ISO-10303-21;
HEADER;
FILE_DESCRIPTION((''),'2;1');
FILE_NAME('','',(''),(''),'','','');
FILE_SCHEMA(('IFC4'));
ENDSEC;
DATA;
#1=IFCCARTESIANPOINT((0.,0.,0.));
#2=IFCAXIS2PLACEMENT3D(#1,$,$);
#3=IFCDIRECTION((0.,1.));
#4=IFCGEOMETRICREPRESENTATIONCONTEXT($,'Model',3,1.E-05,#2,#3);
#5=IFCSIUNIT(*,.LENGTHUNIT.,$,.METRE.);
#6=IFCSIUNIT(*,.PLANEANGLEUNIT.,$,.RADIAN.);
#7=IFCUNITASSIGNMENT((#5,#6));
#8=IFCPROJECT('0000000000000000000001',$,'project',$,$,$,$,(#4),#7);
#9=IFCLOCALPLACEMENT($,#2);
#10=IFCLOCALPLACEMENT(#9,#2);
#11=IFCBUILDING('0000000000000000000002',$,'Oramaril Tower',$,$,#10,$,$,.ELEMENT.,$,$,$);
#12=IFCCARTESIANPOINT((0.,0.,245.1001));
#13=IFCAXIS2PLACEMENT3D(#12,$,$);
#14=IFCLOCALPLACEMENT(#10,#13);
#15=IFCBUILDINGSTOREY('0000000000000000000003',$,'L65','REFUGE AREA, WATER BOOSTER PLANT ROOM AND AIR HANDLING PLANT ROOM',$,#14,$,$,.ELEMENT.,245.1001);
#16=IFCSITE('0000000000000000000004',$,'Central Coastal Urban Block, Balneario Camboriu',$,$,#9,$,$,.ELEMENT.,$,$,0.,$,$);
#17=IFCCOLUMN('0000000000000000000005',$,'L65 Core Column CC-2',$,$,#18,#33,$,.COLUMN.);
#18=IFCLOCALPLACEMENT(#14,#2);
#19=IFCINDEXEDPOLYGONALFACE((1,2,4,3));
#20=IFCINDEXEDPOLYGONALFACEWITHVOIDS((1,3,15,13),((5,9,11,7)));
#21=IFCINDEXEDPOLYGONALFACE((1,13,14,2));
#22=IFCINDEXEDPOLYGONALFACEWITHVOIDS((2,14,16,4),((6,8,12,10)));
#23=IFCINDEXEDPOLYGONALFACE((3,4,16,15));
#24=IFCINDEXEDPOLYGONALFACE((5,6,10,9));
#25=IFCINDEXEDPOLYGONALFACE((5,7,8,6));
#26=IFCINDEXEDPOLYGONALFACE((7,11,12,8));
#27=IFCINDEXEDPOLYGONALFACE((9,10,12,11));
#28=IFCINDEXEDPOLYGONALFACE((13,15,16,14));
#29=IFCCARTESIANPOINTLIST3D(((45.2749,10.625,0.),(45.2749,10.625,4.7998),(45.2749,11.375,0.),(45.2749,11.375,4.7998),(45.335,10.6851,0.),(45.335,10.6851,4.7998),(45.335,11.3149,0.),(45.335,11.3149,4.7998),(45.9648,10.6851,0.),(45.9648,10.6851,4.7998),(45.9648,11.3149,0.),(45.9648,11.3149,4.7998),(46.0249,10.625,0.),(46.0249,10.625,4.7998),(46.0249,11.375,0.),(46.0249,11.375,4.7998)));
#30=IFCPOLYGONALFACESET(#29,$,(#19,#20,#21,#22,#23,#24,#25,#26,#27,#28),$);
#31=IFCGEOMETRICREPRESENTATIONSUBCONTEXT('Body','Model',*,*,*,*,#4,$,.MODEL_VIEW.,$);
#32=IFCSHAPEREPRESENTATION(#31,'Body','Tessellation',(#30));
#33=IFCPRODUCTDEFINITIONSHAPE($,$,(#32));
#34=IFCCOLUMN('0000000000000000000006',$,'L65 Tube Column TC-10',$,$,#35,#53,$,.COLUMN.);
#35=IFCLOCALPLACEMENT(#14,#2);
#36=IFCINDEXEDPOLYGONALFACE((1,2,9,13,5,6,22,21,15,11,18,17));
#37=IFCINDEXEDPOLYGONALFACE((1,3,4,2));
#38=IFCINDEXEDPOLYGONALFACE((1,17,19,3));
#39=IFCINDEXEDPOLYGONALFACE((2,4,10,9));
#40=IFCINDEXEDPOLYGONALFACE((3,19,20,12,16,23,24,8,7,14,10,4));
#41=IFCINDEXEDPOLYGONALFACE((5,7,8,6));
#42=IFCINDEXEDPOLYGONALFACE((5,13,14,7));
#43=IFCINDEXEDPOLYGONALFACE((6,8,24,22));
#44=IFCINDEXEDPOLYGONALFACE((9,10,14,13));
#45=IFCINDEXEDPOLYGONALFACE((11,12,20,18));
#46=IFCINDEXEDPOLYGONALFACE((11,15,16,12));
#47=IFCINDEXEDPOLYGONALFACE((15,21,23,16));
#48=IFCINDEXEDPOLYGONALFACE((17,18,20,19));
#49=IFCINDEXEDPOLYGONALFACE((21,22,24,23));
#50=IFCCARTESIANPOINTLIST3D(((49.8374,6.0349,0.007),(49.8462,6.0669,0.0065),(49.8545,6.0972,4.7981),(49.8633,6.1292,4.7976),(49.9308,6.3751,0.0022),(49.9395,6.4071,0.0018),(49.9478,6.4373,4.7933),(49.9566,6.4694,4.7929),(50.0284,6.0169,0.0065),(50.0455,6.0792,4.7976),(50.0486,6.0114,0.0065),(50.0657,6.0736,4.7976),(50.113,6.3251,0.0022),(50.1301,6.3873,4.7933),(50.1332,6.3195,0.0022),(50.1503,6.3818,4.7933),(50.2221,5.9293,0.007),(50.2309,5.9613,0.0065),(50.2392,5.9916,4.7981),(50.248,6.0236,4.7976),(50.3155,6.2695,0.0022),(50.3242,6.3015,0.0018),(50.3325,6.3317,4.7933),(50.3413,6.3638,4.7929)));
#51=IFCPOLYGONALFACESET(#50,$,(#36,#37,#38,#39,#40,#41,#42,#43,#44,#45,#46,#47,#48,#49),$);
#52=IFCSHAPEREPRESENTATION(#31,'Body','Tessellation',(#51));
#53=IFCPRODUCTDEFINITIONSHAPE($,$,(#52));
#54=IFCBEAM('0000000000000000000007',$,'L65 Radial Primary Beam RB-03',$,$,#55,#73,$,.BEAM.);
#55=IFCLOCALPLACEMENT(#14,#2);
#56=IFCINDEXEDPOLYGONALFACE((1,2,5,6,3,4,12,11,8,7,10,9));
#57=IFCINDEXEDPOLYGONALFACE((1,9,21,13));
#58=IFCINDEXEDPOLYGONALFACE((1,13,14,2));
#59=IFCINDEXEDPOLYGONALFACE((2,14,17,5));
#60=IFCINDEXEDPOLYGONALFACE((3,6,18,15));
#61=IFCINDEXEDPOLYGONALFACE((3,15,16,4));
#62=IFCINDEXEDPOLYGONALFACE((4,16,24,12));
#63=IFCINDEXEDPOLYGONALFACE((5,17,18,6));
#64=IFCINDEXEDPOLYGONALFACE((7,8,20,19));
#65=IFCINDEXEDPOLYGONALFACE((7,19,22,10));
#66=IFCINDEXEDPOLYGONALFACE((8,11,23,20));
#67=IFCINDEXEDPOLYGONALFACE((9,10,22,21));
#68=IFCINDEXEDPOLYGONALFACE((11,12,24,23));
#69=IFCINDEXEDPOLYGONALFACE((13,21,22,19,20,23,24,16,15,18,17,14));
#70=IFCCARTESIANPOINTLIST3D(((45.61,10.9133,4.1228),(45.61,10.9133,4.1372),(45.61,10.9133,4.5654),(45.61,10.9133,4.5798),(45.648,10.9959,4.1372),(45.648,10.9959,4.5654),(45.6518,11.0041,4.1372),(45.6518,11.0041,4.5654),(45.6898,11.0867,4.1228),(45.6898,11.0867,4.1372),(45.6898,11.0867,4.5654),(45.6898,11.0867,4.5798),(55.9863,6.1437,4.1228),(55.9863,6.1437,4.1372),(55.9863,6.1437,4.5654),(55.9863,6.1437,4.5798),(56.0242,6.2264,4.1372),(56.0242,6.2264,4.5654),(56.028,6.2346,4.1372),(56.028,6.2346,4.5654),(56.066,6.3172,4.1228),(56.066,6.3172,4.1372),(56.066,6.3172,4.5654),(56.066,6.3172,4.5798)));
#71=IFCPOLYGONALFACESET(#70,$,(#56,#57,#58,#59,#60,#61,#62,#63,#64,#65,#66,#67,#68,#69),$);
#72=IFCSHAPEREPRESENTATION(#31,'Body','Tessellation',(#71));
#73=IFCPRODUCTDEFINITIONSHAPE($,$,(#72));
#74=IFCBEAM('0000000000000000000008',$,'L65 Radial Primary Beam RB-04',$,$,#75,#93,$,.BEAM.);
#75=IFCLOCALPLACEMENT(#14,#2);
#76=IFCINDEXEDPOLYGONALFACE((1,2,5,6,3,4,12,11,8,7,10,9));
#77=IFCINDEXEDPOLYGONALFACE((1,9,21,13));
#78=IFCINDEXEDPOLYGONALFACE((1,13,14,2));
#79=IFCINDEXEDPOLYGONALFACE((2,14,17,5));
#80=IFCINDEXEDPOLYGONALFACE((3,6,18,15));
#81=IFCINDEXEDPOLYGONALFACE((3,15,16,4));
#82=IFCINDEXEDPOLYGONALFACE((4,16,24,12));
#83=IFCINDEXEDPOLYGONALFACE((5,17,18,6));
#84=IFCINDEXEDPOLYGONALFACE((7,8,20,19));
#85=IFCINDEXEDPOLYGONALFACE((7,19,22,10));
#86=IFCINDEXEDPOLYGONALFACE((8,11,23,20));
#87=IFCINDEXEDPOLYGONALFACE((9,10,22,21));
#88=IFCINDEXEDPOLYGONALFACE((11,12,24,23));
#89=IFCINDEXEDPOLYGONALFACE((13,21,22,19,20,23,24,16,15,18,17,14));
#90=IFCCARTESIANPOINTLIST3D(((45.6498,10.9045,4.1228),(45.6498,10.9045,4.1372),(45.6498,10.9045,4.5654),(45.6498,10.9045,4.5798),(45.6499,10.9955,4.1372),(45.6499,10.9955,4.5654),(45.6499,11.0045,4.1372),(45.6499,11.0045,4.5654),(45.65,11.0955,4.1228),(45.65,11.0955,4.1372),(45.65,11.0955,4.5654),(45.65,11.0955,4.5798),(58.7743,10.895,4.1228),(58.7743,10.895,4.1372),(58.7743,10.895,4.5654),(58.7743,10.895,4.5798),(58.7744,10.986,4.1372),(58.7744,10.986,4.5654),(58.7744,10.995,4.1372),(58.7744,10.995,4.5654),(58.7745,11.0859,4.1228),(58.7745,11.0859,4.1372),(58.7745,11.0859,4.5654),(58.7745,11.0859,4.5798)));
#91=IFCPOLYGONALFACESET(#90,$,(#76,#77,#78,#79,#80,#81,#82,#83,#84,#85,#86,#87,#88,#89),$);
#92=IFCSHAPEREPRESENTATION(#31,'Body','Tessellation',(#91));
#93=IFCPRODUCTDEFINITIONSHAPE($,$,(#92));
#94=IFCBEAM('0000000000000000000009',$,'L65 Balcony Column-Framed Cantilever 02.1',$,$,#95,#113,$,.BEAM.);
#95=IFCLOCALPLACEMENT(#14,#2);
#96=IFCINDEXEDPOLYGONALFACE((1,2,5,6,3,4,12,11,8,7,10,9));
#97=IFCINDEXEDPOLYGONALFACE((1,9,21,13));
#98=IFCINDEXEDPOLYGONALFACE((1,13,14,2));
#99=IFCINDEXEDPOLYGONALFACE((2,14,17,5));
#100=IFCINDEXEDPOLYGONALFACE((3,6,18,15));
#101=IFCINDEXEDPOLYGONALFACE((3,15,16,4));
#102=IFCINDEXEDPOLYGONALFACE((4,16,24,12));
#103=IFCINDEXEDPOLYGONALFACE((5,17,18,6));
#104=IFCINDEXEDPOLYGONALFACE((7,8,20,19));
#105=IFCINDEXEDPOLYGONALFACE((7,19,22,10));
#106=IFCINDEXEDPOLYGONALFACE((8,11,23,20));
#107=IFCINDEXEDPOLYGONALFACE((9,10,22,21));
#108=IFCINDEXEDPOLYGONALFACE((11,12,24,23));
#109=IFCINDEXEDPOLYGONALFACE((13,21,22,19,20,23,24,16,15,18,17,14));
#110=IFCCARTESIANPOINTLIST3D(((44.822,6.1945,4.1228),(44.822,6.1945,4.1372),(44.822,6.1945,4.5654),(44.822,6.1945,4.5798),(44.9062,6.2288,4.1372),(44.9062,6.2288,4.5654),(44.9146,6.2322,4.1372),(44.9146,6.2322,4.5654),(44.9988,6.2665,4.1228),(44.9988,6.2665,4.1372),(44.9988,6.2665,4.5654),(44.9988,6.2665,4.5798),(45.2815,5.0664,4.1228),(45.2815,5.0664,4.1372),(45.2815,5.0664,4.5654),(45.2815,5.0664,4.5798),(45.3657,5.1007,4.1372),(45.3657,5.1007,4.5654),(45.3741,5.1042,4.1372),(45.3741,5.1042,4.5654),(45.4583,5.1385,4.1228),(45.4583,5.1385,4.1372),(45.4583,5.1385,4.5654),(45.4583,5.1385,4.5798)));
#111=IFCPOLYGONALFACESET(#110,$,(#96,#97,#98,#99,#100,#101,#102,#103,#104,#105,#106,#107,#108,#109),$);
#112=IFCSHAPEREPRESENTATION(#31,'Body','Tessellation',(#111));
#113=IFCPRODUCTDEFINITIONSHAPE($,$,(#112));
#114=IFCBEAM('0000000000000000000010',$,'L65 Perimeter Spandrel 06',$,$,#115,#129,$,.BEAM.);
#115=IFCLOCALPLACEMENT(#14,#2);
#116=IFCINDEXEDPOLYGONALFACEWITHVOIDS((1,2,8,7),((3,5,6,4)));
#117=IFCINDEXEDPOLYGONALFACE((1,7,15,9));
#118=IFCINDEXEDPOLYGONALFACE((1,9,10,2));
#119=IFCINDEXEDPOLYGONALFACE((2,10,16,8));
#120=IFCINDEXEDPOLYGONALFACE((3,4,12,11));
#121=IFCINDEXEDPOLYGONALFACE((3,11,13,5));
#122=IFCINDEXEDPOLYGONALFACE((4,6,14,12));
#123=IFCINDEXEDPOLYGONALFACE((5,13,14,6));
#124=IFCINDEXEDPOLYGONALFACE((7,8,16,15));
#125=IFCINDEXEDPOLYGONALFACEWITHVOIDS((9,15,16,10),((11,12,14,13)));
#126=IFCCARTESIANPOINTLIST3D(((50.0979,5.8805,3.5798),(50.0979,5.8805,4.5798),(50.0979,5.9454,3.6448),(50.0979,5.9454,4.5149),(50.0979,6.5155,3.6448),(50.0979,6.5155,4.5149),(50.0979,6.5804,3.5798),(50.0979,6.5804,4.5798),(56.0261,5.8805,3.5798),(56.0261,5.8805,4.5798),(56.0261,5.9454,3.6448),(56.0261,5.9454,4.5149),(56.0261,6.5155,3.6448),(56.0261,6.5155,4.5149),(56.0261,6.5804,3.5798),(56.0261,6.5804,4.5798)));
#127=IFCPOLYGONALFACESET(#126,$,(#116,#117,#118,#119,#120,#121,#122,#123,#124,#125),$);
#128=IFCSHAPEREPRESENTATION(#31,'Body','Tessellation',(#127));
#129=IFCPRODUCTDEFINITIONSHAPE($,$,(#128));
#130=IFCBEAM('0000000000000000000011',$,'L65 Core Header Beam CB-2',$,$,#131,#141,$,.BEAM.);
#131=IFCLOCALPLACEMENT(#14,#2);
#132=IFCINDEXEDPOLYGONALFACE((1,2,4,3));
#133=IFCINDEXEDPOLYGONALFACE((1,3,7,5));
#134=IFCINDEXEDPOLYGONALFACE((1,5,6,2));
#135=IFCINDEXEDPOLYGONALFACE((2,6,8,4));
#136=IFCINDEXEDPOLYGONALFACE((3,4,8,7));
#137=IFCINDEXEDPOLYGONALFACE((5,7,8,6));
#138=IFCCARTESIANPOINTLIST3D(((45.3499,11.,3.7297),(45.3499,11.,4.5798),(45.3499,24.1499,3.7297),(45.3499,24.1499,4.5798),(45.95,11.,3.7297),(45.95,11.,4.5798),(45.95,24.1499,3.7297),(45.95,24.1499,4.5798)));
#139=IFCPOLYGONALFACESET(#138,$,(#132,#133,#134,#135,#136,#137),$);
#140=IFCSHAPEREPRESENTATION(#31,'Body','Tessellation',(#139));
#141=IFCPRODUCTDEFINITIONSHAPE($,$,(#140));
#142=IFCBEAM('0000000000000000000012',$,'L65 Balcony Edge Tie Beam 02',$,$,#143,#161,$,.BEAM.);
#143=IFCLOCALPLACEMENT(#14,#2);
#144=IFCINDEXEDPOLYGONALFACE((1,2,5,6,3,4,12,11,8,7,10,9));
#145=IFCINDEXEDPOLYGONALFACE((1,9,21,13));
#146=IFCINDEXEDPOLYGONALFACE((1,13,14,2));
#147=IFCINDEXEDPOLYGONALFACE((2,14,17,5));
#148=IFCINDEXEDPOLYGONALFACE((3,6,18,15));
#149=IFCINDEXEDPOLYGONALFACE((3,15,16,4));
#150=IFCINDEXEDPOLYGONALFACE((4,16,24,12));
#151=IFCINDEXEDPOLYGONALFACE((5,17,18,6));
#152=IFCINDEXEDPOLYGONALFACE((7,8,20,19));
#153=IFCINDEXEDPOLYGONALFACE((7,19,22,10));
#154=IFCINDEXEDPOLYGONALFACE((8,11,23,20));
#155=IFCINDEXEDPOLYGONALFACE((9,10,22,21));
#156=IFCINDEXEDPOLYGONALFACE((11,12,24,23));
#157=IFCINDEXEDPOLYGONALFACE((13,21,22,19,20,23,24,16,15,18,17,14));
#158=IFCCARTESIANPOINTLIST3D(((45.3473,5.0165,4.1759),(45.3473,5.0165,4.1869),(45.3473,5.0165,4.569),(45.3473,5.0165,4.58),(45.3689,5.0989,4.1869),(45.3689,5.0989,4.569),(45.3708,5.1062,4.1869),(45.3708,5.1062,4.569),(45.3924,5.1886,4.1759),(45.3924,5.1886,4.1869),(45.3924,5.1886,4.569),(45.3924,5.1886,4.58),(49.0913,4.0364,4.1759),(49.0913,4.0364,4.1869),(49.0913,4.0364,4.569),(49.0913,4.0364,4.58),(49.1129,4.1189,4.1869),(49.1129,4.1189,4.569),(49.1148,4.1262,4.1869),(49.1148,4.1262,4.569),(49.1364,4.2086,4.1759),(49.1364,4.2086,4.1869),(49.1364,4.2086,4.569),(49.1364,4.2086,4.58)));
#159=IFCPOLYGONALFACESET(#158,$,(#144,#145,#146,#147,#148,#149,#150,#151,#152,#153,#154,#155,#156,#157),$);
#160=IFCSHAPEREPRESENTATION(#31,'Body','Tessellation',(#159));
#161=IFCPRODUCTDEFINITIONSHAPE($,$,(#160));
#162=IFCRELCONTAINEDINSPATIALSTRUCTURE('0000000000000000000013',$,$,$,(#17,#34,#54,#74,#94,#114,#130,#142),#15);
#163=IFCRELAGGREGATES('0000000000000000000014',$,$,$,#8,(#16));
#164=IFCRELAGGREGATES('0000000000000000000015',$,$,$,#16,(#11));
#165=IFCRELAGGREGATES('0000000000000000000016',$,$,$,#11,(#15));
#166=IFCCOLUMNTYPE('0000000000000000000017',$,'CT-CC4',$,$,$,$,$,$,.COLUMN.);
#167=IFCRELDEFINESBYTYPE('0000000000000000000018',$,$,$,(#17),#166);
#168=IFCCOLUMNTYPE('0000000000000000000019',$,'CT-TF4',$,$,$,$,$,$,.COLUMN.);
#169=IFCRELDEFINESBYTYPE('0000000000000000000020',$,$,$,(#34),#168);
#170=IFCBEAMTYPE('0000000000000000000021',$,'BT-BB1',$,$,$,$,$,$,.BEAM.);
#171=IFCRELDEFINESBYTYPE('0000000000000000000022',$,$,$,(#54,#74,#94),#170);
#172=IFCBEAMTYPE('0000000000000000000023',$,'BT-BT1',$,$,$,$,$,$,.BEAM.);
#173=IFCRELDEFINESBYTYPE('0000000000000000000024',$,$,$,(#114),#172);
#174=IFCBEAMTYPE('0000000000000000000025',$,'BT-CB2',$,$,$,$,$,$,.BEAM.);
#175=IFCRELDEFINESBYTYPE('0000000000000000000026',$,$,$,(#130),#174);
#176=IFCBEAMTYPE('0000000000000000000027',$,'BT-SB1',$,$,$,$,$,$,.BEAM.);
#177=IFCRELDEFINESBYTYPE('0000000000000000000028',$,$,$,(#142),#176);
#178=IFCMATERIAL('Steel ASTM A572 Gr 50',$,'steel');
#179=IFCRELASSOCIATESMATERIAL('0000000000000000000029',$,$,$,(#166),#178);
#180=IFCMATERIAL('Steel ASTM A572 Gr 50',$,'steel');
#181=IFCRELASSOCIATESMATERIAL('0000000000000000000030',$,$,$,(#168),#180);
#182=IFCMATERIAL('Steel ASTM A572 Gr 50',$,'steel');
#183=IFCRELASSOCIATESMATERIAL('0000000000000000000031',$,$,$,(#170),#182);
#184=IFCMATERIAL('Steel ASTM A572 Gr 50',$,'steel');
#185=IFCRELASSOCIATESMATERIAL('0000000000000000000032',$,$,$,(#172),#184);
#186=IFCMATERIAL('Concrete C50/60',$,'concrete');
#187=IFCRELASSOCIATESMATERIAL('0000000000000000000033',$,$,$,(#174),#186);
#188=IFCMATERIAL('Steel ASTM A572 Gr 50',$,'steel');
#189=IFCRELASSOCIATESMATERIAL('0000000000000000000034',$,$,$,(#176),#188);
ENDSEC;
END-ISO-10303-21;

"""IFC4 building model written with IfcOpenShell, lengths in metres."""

from ifc_helpers import new_model, si_unit, direction, frame, origin, origin_2d, place, context, subcontext, project, spatial, rectangle, hollow_rectangle, i_section, extrude, material, material_profile, profile_set, type_object, element, save


model = new_model("IFC4")

# Units and contexts
model_context = context("Model", 3, precision=1e-05, world=origin(), true_north=direction((0.0, 1.0)))
body_context = subcontext(model_context, "Body", "Model", "MODEL_VIEW")
ifc_project = project(units=[si_unit("LENGTHUNIT", "METRE"), si_unit("PLANEANGLEUNIT", "RADIAN")], contexts=[model_context])

# Site, building, storey
site_placement = place(None, origin())
site = spatial("IfcSite", under=ifc_project, at=site_placement, Name="Central Coastal Urban Block, Balneario Camboriu", CompositionType="ELEMENT", RefElevation=0.0)
building_placement = place(site_placement, origin())
building = spatial("IfcBuilding", under=site, at=building_placement, Name="Oramaril Tower", CompositionType="ELEMENT")
storey_placement = place(building_placement, frame((0.0, 0.0, 245.1001)))
storey = spatial("IfcBuildingStorey", under=building, at=storey_placement, Name="L65", Description="REFUGE AREA, WATER BOOSTER PLANT ROOM AND AIR HANDLING PLANT ROOM", CompositionType="ELEMENT", Elevation=245.1001)

# Columns
ifc_material_1 = material(Name="Steel ASTM A572 Gr 50", Category="steel")
ifc_material_profile_1 = material_profile(ifc_material_1, hollow_rectangle(XDim=0.75, YDim=0.75, WallThickness=0.0601, at=origin_2d()), Name="BOX750X750X60")
ifc_profile_set_1 = profile_set([ifc_material_profile_1], Name="Steel ASTM A572 Gr 50")
column_type_1 = type_object("IfcColumnType", Name="CT-CC4", PredefinedType="COLUMN", material=ifc_profile_set_1)
column_1_placement = place(storey_placement, frame((45.6499, 11.0, 0.0), z_axis=(0.0, 0.0, 1.0), x_axis=(1.0, 0.0, 0.0)))
element("IfcColumn", 1, at=column_1_placement, inside=storey, type_object=column_type_1, Name="L65 Core Column CC-2", PredefinedType="COLUMN", context=body_context, shape_type="SweptSolid", body=[
    extrude(hollow_rectangle(XDim=0.75, YDim=0.75, WallThickness=0.0601, at=origin_2d()), origin(), (0.0, 0.0, 1.0), 4.7998),
])
ifc_material_2 = material(Name="Steel ASTM A572 Gr 50", Category="steel")
ifc_material_profile_2 = material_profile(ifc_material_2, i_section(OverallWidth=0.3989, OverallDepth=0.386, WebThickness=0.021, FlangeThickness=0.0332, at=origin_2d()), Name="W14X176")
ifc_profile_set_2 = profile_set([ifc_material_profile_2], Name="Steel ASTM A572 Gr 50")
column_type_2 = type_object("IfcColumnType", Name="CT-TF4", PredefinedType="COLUMN", material=ifc_profile_set_2)
column_2_placement = place(storey_placement, frame((50.0808, 6.1682, 0.0044), z_axis=(0.003567, 0.012993, 0.999909), x_axis=(-0.964326, 0.264717, 0.0)))
element("IfcColumn", 2, at=column_2_placement, inside=storey, type_object=column_type_2, Name="L65 Tube Column TC-10", PredefinedType="COLUMN", context=body_context, shape_type="SweptSolid", body=[
    extrude(i_section(OverallWidth=0.3989, OverallDepth=0.386, WebThickness=0.021, FlangeThickness=0.0332, at=origin_2d()), origin(), (0.0, 0.0, 1.0), 4.7915),
])

# Beams
ifc_material_3 = material(Name="Steel ASTM A572 Gr 50", Category="steel")
ifc_material_profile_3 = material_profile(ifc_material_3, i_section(OverallWidth=0.1909, OverallDepth=0.457, WebThickness=0.009, FlangeThickness=0.0144, at=origin_2d()), Name="W18X50")
ifc_profile_set_3 = profile_set([ifc_material_profile_3], Name="Steel ASTM A572 Gr 50")
beam_type_1 = type_object("IfcBeamType", Name="BT-BB1", PredefinedType="BEAM", material=ifc_profile_set_3)
beam_1_placement = place(storey_placement, frame((45.6499, 11.0, 4.3513), z_axis=(0.908608, -0.41765, 0.0), x_axis=(0.41765, 0.908608, 0.0)))
element("IfcBeam", 3, at=beam_1_placement, inside=storey, type_object=beam_type_1, Name="L65 Radial Primary Beam RB-03", PredefinedType="BEAM", context=body_context, shape_type="SweptSolid", body=[
    extrude(i_section(OverallWidth=0.1909, OverallDepth=0.457, WebThickness=0.009, FlangeThickness=0.0144, at=origin_2d()), origin(), (0.0, 0.0, 1.0), 11.4199),
])
beam_2_placement = place(storey_placement, frame((45.6499, 11.0, 4.3513), z_axis=(1.0, -0.000725, 0.0), x_axis=(0.000725, 1.0, 0.0)))
element("IfcBeam", 4, at=beam_2_placement, inside=storey, type_object=beam_type_1, Name="L65 Radial Primary Beam RB-04", PredefinedType="BEAM", context=body_context, shape_type="SweptSolid", body=[
    extrude(i_section(OverallWidth=0.1909, OverallDepth=0.457, WebThickness=0.009, FlangeThickness=0.0144, at=origin_2d()), origin(), (0.0, 0.0, 1.0), 13.1245),
])
beam_3_placement = place(storey_placement, frame((44.9104, 6.2305, 4.3513), z_axis=(0.377259, -0.926108, 0.0), x_axis=(0.926108, 0.377259, 0.0)))
element("IfcBeam", 5, at=beam_3_placement, inside=storey, type_object=beam_type_1, Name="L65 Balcony Column-Framed Cantilever 02.1", PredefinedType="BEAM", context=body_context, shape_type="SweptSolid", body=[
    extrude(i_section(OverallWidth=0.1909, OverallDepth=0.457, WebThickness=0.009, FlangeThickness=0.0144, at=origin_2d()), origin(), (0.0, 0.0, 1.0), 1.218),
])
ifc_material_4 = material(Name="Steel ASTM A572 Gr 50", Category="steel")
ifc_material_profile_4 = material_profile(ifc_material_4, hollow_rectangle(XDim=0.7, YDim=1.0, WallThickness=0.0649, at=origin_2d()), Name="BOX1000X700X65")
ifc_profile_set_4 = profile_set([ifc_material_profile_4], Name="Steel ASTM A572 Gr 50")
beam_type_2 = type_object("IfcBeamType", Name="BT-BT1", PredefinedType="BEAM", material=ifc_profile_set_4)
beam_4_placement = place(storey_placement, frame((50.0979, 6.2305, 4.0798), z_axis=(1.0, 0.0, 0.0), x_axis=(0.0, 1.0, 0.0)))
element("IfcBeam", 6, at=beam_4_placement, inside=storey, type_object=beam_type_2, Name="L65 Perimeter Spandrel 06", PredefinedType="BEAM", context=body_context, shape_type="SweptSolid", body=[
    extrude(hollow_rectangle(XDim=0.7, YDim=1.0, WallThickness=0.0649, at=origin_2d()), origin(), (0.0, 0.0, 1.0), 5.9282),
])
ifc_material_5 = material(Name="Concrete C50/60", Category="concrete")
ifc_material_profile_5 = material_profile(ifc_material_5, rectangle(XDim=0.6001, YDim=0.8501, at=origin_2d()), Name="CB600X850")
ifc_profile_set_5 = profile_set([ifc_material_profile_5], Name="Concrete C50/60")
beam_type_3 = type_object("IfcBeamType", Name="BT-CB2", PredefinedType="BEAM", material=ifc_profile_set_5)
beam_5_placement = place(storey_placement, frame((45.6499, 11.0, 4.1548), z_axis=(0.0, 1.0, 0.0), x_axis=(-1.0, 0.0, 0.0)))
element("IfcBeam", 7, at=beam_5_placement, inside=storey, type_object=beam_type_3, Name="L65 Core Header Beam CB-2", PredefinedType="BEAM", context=body_context, shape_type="SweptSolid", body=[
    extrude(rectangle(XDim=0.6001, YDim=0.8501, at=origin_2d()), origin(), (0.0, 0.0, 1.0), 13.1499),
])
ifc_material_6 = material(Name="Steel ASTM A572 Gr 50", Category="steel")
ifc_material_profile_6 = material_profile(ifc_material_6, i_section(OverallWidth=0.178, OverallDepth=0.4041, WebThickness=0.0076, FlangeThickness=0.011, at=origin_2d()), Name="W16X36")
ifc_profile_set_6 = profile_set([ifc_material_profile_6], Name="Steel ASTM A572 Gr 50")
beam_type_4 = type_object("IfcBeamType", Name="BT-SB1", PredefinedType="BEAM", material=ifc_profile_set_6)
beam_6_placement = place(storey_placement, frame((45.3699, 5.1025, 4.3779), z_axis=(0.967408, -0.253223, 0.0), x_axis=(0.253223, 0.967408, 0.0)))
element("IfcBeam", 8, at=beam_6_placement, inside=storey, type_object=beam_type_4, Name="L65 Balcony Edge Tie Beam 02", PredefinedType="BEAM", context=body_context, shape_type="SweptSolid", body=[
    extrude(i_section(OverallWidth=0.178, OverallDepth=0.4041, WebThickness=0.0076, FlangeThickness=0.011, at=origin_2d()), origin(), (0.0, 0.0, 1.0), 3.8701),
])

save(model, "model.ifc")
